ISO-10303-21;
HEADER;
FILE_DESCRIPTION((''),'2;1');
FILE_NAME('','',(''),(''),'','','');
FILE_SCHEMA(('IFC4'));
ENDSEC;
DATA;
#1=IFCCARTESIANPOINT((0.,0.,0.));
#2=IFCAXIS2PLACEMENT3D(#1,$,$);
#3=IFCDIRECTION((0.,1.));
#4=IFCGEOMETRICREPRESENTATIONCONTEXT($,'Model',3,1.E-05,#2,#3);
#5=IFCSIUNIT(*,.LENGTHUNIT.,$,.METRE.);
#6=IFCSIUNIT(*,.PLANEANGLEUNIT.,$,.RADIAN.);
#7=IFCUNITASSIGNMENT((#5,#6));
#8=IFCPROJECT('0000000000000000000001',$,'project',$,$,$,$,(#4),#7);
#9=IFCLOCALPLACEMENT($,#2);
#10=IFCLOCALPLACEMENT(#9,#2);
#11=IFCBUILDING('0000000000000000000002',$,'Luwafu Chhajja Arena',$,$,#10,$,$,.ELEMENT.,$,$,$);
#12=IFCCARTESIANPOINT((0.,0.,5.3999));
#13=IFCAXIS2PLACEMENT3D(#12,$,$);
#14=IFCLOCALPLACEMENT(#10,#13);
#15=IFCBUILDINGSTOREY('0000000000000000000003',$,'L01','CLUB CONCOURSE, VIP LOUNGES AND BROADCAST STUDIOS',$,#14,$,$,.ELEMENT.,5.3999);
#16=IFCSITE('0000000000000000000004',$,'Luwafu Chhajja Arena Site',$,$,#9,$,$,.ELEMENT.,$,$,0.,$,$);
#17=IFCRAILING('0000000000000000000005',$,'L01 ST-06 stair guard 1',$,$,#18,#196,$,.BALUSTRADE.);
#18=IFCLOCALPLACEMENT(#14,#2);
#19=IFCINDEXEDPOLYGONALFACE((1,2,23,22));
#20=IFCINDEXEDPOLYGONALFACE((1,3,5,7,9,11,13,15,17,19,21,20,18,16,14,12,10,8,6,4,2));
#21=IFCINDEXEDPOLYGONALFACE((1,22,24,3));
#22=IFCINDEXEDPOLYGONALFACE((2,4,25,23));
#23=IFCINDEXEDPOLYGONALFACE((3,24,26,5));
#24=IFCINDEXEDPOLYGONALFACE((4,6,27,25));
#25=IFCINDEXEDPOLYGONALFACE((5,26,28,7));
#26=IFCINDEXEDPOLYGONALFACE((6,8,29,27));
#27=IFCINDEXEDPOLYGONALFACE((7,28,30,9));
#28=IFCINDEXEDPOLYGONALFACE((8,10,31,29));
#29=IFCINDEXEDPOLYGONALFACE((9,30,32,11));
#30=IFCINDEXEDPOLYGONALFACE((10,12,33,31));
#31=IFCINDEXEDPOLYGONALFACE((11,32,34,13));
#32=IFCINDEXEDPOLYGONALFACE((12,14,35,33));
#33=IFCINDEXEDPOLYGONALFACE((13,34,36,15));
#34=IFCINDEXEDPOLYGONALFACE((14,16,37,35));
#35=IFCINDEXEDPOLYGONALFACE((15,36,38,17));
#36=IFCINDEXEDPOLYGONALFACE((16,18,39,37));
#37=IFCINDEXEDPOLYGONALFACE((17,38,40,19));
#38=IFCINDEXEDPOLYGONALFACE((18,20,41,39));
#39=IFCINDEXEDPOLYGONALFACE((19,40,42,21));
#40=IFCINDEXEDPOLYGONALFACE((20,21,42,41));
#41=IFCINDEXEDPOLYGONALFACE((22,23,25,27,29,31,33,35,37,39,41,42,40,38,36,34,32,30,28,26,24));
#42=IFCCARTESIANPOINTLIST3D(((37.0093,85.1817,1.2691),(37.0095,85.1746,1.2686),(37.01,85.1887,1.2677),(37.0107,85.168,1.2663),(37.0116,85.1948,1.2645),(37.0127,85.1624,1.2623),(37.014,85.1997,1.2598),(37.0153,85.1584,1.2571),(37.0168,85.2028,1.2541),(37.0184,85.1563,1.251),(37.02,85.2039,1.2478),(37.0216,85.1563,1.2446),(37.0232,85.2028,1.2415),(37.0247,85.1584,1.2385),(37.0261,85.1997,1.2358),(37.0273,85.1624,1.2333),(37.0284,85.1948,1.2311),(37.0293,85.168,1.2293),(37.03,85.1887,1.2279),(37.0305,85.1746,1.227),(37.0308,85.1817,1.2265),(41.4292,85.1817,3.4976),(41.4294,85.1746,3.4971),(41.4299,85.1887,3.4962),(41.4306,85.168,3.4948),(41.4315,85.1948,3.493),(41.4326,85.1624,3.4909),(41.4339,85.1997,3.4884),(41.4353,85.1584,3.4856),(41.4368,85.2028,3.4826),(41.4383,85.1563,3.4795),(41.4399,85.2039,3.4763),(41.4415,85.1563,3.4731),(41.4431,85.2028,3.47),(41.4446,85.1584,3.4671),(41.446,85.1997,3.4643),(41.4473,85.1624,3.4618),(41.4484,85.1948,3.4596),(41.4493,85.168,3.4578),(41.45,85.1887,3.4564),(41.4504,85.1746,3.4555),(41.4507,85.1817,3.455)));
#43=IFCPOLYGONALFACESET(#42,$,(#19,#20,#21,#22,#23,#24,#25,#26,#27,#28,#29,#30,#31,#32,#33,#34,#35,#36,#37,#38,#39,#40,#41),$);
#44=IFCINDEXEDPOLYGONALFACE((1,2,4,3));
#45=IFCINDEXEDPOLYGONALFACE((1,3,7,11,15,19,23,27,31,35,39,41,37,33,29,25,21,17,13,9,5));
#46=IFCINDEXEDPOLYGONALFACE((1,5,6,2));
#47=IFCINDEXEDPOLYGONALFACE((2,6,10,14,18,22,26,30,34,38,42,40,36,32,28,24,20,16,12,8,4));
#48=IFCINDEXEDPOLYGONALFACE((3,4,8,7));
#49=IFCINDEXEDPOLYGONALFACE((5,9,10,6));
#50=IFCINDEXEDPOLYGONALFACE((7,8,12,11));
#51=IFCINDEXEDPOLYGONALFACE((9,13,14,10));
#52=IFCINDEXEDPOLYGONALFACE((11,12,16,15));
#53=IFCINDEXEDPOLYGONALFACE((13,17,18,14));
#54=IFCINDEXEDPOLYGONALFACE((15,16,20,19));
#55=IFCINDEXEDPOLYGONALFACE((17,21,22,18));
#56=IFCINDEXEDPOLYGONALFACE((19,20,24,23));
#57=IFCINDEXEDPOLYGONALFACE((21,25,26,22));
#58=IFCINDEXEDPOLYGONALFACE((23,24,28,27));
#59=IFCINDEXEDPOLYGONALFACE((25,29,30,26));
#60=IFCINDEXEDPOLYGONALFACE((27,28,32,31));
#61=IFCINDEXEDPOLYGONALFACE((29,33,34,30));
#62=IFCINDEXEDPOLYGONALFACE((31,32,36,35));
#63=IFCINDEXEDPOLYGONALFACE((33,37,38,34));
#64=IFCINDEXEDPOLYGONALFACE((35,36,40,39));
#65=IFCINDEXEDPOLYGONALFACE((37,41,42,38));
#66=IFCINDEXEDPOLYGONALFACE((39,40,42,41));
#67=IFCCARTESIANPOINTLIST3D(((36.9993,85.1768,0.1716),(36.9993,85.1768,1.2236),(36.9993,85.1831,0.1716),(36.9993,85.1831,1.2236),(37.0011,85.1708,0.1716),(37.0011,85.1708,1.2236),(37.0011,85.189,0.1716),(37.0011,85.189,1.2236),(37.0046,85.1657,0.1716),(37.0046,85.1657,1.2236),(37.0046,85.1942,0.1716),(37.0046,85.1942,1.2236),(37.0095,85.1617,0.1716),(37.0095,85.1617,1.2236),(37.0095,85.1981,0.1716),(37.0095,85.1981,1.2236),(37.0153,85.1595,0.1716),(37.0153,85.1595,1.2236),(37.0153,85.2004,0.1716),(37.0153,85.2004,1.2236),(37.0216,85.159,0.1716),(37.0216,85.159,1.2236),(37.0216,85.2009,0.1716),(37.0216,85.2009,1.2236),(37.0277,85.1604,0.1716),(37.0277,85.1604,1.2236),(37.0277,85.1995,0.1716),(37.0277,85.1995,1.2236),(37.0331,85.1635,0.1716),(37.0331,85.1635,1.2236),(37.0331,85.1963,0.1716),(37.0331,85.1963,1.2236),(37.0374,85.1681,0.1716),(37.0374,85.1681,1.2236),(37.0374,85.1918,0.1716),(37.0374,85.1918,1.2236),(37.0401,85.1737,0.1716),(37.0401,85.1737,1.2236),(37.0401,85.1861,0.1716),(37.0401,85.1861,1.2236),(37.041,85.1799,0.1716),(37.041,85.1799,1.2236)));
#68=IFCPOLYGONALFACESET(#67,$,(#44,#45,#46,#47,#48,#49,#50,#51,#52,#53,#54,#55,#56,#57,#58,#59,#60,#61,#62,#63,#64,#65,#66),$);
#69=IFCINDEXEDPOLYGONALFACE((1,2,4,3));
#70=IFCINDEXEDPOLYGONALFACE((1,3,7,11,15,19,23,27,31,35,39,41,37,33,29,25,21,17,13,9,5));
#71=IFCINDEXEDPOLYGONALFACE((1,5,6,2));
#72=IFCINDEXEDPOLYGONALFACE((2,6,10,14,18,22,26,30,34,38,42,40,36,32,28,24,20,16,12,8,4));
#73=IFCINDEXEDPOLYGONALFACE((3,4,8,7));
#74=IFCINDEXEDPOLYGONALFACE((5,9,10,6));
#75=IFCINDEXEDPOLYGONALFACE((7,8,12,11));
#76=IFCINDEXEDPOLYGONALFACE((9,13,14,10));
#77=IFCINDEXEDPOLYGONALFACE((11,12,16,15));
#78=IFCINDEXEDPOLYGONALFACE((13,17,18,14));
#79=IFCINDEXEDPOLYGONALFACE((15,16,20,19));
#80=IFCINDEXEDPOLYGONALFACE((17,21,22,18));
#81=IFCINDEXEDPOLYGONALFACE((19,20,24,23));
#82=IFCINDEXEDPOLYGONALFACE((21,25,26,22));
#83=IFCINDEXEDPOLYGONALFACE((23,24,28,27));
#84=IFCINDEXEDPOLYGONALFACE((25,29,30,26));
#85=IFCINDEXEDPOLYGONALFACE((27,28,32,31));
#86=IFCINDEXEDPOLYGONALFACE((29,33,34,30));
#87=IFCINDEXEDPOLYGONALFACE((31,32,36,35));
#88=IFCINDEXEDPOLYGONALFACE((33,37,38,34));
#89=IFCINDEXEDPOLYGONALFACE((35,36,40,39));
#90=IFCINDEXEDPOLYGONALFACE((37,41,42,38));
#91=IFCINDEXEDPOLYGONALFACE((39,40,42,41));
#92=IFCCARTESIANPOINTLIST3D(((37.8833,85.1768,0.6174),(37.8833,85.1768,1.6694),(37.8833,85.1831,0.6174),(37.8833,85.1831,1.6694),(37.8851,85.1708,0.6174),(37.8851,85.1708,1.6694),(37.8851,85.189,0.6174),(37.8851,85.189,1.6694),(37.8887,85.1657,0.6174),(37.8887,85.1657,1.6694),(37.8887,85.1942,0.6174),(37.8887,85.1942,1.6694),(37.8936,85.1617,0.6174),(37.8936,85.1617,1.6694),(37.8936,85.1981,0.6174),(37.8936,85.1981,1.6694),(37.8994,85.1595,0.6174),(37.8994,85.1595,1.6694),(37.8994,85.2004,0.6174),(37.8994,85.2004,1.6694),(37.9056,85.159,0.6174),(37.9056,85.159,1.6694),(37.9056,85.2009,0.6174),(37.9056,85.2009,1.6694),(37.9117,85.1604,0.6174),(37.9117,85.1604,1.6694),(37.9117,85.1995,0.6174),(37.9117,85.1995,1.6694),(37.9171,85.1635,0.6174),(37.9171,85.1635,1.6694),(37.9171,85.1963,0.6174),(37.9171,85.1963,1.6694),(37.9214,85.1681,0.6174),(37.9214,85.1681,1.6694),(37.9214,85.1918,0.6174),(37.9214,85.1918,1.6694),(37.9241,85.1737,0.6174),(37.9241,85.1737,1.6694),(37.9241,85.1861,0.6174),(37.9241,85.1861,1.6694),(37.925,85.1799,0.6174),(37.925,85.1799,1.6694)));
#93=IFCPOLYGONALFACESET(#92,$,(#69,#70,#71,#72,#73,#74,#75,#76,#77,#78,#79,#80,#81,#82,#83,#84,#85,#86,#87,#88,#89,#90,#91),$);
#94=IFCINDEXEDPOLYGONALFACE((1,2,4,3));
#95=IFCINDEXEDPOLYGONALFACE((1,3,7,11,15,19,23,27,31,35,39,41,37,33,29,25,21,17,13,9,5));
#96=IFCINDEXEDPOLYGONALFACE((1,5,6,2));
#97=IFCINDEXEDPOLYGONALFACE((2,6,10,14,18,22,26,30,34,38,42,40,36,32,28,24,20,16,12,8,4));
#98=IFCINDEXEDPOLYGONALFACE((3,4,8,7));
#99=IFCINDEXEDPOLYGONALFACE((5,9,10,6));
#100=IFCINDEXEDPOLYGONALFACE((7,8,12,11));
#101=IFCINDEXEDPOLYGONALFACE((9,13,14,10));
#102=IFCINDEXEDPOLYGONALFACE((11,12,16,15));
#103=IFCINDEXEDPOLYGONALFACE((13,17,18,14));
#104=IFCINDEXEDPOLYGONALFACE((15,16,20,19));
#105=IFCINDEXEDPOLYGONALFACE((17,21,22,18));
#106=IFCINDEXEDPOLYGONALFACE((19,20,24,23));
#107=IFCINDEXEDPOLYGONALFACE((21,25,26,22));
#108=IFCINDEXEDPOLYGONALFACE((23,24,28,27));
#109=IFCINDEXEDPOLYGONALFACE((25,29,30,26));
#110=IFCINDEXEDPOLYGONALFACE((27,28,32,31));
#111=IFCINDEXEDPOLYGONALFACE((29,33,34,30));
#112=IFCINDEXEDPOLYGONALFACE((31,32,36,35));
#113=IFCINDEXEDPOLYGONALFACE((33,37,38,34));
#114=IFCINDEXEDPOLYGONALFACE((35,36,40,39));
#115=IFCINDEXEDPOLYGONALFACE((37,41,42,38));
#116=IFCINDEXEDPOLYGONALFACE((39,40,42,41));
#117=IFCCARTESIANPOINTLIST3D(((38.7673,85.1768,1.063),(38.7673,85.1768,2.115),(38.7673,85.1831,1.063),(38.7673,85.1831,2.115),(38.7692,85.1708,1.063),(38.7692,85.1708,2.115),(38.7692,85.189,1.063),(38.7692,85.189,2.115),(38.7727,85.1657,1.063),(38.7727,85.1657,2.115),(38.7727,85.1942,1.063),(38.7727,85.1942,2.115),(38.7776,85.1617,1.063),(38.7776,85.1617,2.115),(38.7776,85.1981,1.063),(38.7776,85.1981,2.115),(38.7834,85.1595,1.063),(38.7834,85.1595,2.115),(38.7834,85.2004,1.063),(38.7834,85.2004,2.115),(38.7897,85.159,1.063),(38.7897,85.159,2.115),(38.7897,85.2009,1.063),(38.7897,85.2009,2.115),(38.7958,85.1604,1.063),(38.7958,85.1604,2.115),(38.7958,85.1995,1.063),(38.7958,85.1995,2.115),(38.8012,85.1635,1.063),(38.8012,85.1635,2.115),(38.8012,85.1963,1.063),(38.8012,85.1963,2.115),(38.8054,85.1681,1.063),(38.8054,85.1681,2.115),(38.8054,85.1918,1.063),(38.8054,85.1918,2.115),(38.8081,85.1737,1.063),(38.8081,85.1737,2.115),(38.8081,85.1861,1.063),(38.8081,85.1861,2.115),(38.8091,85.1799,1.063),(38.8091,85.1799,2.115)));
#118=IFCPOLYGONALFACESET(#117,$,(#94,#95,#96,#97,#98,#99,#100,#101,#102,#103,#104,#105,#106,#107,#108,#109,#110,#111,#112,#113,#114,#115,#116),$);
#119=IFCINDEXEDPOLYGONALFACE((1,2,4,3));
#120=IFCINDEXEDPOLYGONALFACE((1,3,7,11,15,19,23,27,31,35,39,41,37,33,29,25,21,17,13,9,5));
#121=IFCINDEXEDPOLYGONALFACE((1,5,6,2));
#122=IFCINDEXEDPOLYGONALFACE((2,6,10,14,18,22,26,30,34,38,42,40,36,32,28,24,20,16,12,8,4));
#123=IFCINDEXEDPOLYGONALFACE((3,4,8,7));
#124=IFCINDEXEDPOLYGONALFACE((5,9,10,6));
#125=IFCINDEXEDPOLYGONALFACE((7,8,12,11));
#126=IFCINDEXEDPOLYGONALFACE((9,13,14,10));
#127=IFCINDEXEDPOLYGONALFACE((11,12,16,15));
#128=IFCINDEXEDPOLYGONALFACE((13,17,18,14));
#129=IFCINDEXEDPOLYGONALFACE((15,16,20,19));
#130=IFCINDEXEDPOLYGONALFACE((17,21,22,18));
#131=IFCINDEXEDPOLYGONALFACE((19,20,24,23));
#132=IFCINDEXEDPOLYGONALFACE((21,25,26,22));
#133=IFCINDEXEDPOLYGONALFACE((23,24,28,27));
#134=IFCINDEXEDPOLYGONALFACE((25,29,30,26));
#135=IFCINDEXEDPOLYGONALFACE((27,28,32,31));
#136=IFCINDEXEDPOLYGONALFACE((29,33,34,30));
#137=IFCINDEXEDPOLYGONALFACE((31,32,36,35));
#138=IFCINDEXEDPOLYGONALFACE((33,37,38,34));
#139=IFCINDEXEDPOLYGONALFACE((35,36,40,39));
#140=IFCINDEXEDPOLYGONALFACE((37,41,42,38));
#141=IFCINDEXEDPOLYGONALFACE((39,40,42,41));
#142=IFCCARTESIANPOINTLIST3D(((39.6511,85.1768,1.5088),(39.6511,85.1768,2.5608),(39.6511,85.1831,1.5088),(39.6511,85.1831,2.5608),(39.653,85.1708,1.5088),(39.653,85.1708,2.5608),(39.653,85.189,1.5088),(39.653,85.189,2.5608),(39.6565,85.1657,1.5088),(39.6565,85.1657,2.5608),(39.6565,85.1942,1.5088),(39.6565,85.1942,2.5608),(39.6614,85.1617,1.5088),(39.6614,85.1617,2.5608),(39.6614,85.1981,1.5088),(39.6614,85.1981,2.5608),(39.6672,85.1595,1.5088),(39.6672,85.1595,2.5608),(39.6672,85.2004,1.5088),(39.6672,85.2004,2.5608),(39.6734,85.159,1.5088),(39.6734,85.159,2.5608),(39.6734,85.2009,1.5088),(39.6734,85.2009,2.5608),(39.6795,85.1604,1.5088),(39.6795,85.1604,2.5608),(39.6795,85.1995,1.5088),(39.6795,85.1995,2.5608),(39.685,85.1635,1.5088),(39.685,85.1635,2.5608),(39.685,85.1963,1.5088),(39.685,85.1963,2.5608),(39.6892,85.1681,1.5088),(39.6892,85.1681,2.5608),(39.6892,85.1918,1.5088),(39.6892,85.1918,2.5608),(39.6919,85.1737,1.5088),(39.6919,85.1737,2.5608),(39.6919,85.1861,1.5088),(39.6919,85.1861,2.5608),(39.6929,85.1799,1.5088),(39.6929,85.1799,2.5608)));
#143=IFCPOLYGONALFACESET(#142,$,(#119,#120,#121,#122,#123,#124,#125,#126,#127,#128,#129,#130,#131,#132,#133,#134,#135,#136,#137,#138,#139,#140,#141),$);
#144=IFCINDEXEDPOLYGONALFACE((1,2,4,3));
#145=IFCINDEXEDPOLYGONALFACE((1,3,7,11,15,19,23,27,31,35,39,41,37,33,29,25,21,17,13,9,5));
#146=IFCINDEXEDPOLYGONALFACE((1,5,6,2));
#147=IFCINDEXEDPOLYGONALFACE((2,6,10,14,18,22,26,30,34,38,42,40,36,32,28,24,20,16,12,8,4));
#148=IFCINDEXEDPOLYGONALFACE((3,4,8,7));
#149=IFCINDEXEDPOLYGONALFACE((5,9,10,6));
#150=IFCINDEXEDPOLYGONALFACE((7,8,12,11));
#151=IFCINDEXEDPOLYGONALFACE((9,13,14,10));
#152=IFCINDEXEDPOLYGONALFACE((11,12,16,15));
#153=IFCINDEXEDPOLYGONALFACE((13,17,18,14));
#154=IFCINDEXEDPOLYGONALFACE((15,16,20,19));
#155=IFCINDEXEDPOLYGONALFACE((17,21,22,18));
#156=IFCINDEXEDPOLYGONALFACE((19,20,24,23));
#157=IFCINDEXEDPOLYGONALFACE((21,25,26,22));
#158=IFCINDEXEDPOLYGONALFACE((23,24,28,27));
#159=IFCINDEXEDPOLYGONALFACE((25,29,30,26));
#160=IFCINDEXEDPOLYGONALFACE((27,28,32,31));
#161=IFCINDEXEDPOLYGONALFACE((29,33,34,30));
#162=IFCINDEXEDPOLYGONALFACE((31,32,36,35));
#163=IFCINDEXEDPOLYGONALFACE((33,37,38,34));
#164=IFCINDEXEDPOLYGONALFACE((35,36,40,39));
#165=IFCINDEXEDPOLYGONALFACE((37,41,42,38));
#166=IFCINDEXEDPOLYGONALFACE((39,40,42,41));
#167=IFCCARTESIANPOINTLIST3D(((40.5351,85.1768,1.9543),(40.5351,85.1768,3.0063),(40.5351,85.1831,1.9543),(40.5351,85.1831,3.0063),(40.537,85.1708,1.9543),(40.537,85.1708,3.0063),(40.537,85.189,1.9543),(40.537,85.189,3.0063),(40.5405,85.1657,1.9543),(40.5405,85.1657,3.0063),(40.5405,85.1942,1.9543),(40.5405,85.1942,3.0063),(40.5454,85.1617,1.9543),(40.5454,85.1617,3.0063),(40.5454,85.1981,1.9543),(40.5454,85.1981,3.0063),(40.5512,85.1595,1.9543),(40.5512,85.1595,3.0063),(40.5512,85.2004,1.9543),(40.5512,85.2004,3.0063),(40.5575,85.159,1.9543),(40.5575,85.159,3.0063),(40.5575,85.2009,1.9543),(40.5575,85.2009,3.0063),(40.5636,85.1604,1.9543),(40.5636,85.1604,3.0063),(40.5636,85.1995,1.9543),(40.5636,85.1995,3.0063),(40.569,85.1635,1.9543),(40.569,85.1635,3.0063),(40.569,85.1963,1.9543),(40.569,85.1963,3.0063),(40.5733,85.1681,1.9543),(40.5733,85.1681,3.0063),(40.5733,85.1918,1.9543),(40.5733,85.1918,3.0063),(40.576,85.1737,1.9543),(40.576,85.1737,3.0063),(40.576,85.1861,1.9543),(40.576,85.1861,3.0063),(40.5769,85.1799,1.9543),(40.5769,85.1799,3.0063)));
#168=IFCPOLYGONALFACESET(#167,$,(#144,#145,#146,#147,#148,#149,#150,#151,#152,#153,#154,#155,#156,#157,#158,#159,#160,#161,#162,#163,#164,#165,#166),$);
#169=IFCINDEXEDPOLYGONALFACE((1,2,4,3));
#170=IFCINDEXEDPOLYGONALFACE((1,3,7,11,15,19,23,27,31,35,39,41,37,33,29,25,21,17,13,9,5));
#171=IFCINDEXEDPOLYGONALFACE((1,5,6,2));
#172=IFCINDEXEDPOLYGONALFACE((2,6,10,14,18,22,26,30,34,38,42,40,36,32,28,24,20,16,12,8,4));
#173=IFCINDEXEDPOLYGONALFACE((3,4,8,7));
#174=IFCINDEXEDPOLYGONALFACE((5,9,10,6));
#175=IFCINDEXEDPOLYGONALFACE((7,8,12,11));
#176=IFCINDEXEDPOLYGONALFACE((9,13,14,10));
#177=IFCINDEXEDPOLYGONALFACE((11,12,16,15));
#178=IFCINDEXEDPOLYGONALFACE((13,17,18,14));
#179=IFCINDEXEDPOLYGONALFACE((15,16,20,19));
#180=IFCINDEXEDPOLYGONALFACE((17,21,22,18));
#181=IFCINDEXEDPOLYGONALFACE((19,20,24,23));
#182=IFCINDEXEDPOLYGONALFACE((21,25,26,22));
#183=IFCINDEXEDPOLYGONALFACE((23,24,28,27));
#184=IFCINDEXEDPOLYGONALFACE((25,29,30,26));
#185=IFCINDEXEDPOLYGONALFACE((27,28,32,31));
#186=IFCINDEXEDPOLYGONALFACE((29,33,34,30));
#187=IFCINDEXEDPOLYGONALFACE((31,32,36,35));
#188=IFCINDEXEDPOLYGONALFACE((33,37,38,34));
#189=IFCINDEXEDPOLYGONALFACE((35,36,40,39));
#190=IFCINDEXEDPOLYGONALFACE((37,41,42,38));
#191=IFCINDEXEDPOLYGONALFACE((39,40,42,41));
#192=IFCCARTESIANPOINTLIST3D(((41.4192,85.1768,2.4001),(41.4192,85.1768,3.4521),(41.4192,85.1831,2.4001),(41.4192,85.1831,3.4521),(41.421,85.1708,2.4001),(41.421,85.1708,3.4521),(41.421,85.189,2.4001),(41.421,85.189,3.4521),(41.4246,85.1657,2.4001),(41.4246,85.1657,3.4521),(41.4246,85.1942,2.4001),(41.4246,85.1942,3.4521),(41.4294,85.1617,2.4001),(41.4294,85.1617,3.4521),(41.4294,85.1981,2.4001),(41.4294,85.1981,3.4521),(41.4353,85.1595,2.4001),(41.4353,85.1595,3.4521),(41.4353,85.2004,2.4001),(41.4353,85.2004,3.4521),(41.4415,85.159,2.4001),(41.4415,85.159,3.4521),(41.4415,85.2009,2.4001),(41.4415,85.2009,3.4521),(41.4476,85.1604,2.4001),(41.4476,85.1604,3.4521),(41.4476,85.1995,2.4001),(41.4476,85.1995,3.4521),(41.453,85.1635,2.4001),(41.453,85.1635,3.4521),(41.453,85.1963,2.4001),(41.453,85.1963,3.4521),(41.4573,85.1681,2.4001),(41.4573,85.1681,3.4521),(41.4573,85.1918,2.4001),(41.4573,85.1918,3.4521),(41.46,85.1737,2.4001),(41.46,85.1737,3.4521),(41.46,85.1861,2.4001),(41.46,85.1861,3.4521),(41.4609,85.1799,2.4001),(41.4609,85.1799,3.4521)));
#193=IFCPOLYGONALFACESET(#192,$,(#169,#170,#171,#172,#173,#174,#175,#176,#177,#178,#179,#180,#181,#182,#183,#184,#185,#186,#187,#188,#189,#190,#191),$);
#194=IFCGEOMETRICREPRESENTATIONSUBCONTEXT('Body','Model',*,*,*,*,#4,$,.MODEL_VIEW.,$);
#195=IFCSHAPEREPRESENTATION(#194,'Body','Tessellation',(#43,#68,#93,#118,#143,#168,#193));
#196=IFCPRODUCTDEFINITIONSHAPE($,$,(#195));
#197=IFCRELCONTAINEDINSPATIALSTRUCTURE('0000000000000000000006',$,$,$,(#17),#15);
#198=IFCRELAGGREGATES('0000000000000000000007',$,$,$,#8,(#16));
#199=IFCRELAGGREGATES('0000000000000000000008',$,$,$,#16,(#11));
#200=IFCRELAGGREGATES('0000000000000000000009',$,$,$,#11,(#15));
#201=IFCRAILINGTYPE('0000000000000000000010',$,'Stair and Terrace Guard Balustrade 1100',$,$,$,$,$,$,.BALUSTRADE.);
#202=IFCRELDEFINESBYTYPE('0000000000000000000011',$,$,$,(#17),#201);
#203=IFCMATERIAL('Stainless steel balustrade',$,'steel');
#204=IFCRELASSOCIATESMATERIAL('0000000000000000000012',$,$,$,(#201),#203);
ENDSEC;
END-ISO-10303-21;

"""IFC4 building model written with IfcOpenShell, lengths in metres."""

from ifc_helpers import new_model, si_unit, direction, frame, origin, origin_2d, place, context, subcontext, project, spatial, circle, extrude, material, type_object, element, save


model = new_model("IFC4")

# Units and contexts
model_context = context("Model", 3, precision=1e-05, world=origin(), true_north=direction((0.0, 1.0)))
body_context = subcontext(model_context, "Body", "Model", "MODEL_VIEW")
ifc_project = project(units=[si_unit("LENGTHUNIT", "METRE"), si_unit("PLANEANGLEUNIT", "RADIAN")], contexts=[model_context])

# Site, building, storey
site_placement = place(None, origin())
site = spatial("IfcSite", under=ifc_project, at=site_placement, Name="Luwafu Chhajja Arena Site", CompositionType="ELEMENT", RefElevation=0.0)
building_placement = place(site_placement, origin())
building = spatial("IfcBuilding", under=site, at=building_placement, Name="Luwafu Chhajja Arena", CompositionType="ELEMENT")
storey_placement = place(building_placement, frame((0.0, 0.0, 5.3999)))
storey = spatial("IfcBuildingStorey", under=building, at=storey_placement, Name="L01", Description="CLUB CONCOURSE, VIP LOUNGES AND BROADCAST STUDIOS", CompositionType="ELEMENT", Elevation=5.3999)

# Railing
ifc_material_1 = material(Name="Stainless steel balustrade", Category="steel")
railing_type_1 = type_object("IfcRailingType", Name="Stair and Terrace Guard Balustrade 1100", PredefinedType="BALUSTRADE", material=ifc_material_1)
railing_1_placement = place(storey_placement, frame((37.02, 85.1799, 0.1716)))
element("IfcRailing", 1, at=railing_1_placement, inside=storey, type_object=railing_type_1, Name="L01 ST-06 stair guard 1", PredefinedType="BALUSTRADE", context=body_context, shape_type="SweptSolid", body=[
    extrude(circle(Radius=0.0239, at=origin_2d()), frame((0.0, 0.0, 1.0762), z_axis=(0.892923, 0.0, 0.45021), x_axis=(0.0, 1.0, 0.0)), (0.0, 0.0, 1.0), 4.95),
    extrude(circle(Radius=0.021, at=origin_2d()), origin(), (0.0, 0.0, 1.0), 1.052),
    extrude(circle(Radius=0.021, at=origin_2d()), frame((0.884, 0.0, 0.4458)), (0.0, 0.0, 1.0), 1.052),
    extrude(circle(Radius=0.021, at=origin_2d()), frame((1.7681, 0.0, 0.8914)), (0.0, 0.0, 1.0), 1.052),
    extrude(circle(Radius=0.021, at=origin_2d()), frame((2.6519, 0.0, 1.3372)), (0.0, 0.0, 1.0), 1.052),
    extrude(circle(Radius=0.021, at=origin_2d()), frame((3.5359, 0.0, 1.7827)), (0.0, 0.0, 1.0), 1.052),
    extrude(circle(Radius=0.021, at=origin_2d()), frame((4.4199, 0.0, 2.2285)), (0.0, 0.0, 1.0), 1.052),
])

save(model, "model.ifc")
